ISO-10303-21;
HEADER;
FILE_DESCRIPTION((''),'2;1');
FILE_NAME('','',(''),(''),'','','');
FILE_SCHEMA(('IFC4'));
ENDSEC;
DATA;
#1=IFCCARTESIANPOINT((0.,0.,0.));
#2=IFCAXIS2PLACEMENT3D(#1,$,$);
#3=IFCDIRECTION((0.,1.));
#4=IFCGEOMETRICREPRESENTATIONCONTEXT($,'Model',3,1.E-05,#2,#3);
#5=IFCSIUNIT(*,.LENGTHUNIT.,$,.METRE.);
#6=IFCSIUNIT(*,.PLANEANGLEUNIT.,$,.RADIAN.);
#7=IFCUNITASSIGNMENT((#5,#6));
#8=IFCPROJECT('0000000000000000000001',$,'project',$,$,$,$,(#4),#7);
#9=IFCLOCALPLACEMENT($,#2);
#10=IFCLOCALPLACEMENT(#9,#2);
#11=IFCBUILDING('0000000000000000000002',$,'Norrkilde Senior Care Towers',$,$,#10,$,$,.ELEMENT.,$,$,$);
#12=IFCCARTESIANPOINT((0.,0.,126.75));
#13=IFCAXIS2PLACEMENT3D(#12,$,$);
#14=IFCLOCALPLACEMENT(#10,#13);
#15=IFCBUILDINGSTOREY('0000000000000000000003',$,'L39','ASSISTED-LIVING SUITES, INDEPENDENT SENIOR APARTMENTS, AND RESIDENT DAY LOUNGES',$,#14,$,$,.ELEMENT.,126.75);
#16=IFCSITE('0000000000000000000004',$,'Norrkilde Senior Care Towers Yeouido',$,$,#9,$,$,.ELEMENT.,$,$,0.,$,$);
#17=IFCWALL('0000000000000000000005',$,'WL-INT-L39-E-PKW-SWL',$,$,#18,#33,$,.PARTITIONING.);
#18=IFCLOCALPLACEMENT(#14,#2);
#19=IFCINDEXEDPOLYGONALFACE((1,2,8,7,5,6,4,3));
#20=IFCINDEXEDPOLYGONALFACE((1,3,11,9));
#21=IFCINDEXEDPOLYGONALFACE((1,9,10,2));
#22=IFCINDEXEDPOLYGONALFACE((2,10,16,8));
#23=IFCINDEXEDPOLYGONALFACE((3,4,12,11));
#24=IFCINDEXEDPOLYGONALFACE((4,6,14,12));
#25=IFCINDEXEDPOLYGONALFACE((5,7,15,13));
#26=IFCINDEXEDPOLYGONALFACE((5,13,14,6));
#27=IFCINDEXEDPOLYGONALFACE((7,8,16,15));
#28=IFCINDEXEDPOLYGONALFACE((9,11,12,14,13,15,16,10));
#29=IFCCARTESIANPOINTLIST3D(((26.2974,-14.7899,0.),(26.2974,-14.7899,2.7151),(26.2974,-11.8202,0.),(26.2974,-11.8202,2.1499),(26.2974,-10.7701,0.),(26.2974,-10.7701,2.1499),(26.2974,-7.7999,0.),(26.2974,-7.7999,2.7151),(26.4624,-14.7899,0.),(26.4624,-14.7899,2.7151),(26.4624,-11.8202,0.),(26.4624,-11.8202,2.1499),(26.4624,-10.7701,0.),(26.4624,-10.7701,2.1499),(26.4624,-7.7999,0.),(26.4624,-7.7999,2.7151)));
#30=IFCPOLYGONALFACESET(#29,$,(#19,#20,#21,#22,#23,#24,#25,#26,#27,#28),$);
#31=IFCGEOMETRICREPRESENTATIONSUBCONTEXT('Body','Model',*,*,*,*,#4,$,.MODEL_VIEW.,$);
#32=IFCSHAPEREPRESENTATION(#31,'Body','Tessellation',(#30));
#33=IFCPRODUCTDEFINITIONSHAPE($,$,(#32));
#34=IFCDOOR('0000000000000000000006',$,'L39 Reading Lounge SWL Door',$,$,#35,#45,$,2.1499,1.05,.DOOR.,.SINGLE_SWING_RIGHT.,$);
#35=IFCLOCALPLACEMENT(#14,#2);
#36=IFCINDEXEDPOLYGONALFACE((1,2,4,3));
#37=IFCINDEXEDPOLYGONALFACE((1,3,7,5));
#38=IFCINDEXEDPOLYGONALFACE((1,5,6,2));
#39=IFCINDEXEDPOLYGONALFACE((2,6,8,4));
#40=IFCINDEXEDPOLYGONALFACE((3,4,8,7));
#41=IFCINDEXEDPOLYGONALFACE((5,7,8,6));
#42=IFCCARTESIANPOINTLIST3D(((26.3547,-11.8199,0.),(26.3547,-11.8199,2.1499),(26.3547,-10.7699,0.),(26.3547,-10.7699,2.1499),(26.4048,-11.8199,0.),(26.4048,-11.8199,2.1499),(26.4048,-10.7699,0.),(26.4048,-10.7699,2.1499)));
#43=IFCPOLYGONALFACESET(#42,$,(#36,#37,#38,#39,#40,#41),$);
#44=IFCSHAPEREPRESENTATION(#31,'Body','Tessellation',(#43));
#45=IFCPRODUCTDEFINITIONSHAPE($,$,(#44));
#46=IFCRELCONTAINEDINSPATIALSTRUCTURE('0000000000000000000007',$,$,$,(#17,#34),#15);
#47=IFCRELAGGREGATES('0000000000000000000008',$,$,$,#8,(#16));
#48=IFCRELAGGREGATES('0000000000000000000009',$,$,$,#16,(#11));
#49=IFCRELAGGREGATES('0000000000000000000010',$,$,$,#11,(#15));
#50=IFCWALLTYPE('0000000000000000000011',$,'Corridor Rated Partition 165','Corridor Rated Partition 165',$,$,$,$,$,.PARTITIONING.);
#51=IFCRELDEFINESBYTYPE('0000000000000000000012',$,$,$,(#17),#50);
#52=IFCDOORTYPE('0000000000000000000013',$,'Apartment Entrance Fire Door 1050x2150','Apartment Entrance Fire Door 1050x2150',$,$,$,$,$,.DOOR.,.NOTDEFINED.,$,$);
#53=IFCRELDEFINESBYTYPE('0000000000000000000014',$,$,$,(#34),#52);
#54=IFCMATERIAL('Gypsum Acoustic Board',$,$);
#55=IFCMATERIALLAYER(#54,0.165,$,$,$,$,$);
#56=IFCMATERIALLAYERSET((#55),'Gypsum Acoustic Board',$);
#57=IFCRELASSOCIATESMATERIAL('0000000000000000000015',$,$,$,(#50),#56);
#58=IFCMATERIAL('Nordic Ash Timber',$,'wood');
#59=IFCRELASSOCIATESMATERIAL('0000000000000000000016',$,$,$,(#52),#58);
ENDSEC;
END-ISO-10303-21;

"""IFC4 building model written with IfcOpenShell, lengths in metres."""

from ifc_helpers import new_model, si_unit, direction, frame, frame_2d, origin, place, context, subcontext, project, spatial, rectangle, extrude, source, transform, mapped, material, layer, layer_set, type_object, type_shapes, element, fill, save


model = new_model("IFC4")

# Units and contexts
model_context = context("Model", 3, precision=1e-05, world=origin(), true_north=direction((0.0, 1.0)))
body_context = subcontext(model_context, "Body", "Model", "MODEL_VIEW")
ifc_project = project(units=[si_unit("LENGTHUNIT", "METRE"), si_unit("PLANEANGLEUNIT", "RADIAN")], contexts=[model_context])

# Site, building, storey
site_placement = place(None, origin())
site = spatial("IfcSite", under=ifc_project, at=site_placement, Name="Norrkilde Senior Care Towers Yeouido", CompositionType="ELEMENT", RefElevation=0.0)
building_placement = place(site_placement, origin())
building = spatial("IfcBuilding", under=site, at=building_placement, Name="Norrkilde Senior Care Towers", CompositionType="ELEMENT")
storey_placement = place(building_placement, frame((0.0, 0.0, 126.75)))
storey = spatial("IfcBuildingStorey", under=building, at=storey_placement, Name="L39", Description="ASSISTED-LIVING SUITES, INDEPENDENT SENIOR APARTMENTS, AND RESIDENT DAY LOUNGES", CompositionType="ELEMENT", Elevation=126.75)

# Shared definitions
ifc_material_1 = material(Name="Gypsum Acoustic Board")
ifc_layer_1 = layer(ifc_material_1, 0.165)
ifc_layer_set_1 = layer_set([ifc_layer_1], Name="Gypsum Acoustic Board")
wall_type_1 = type_object("IfcWallType", Name="Corridor Rated Partition 165", Description="Corridor Rated Partition 165", PredefinedType="PARTITIONING", material=ifc_layer_set_1)

# Shared definitions
ifc_material_2 = material(Name="Nordic Ash Timber", Category="wood")
door_type_1 = type_object("IfcDoorType", Name="Apartment Entrance Fire Door 1050x2150", Description="Apartment Entrance Fire Door 1050x2150", OperationType="NOTDEFINED", PredefinedType="DOOR", material=ifc_material_2)
shared_shape_1 = source(origin(), body_context, "Body", "SweptSolid", [
    extrude(rectangle(XDim=1.05, YDim=2.1499, at=frame_2d((0.5249, 1.075))), frame((0.0, 0.0249, 0.0), z_axis=(0.0, -1.0, 0.0), x_axis=(1.0, 0.0, 0.0)), (0.0, 0.0, 1.0), 0.05),
])
type_shapes(door_type_1, [shared_shape_1])

# Wall, opening, door
shared_shape_2 = source(origin(), body_context, "Body", "SweptSolid", [
    extrude(rectangle(XDim=6.99, YDim=0.165, at=frame_2d((3.4951, 0.0))), origin(), (0.0, 0.0, 1.0), 2.7151),
])
wall_1_placement = place(storey_placement, frame((26.3799, -14.79, 0.0), z_axis=(0.0, 0.0, 1.0), x_axis=(0.0, 1.0, 0.0)))
wall_1 = element("IfcWall", 1, at=wall_1_placement, inside=storey, type_object=wall_type_1, Name="WL-INT-L39-E-PKW-SWL", PredefinedType="PARTITIONING", context=body_context, shape_type="MappedRepresentation", body=[
    mapped(shared_shape_2, transform((0.0, 0.0, 0.0), x_axis=(1.0, 0.0, 0.0), y_axis=(0.0, 1.0, 0.0), z_axis=(0.0, 0.0, 1.0), scale=1.0)),
])
opening_1_placement = place(wall_1_placement, frame((2.97, 0.0, 0.0)))
opening_1 = element("IfcOpeningElement", 2, at=opening_1_placement, cuts=wall_1, PredefinedType="OPENING", context=body_context, shape_type="SweptSolid", body=[
    extrude(rectangle(XDim=1.05, YDim=2.1499, at=frame_2d((0.5249, 1.075))), frame((0.0, 0.0925, 0.0), z_axis=(0.0, -1.0, 0.0), x_axis=(1.0, 0.0, 0.0)), (0.0, 0.0, 1.0), 0.1851),
])
door_1_placement = place(opening_1_placement, frame((1.05, 0.0, 0.0), z_axis=(0.0, 0.0, 1.0), x_axis=(-1.0, 0.0, 0.0)))
door_1 = element("IfcDoor", 3, at=door_1_placement, inside=storey, type_object=door_type_1, Name="L39 Reading Lounge SWL Door", OperationType="SINGLE_SWING_RIGHT", OverallHeight=2.1499, OverallWidth=1.05, PredefinedType="DOOR", context=body_context, shape_type="MappedRepresentation", body=[
    mapped(shared_shape_1, transform((0.0, 0.0, 0.0), x_axis=(1.0, 0.0, 0.0), y_axis=(0.0, 1.0, 0.0), z_axis=(0.0, 0.0, 1.0), scale=1.0)),
])
fill(opening_1, door_1)

save(model, "model.ifc")
